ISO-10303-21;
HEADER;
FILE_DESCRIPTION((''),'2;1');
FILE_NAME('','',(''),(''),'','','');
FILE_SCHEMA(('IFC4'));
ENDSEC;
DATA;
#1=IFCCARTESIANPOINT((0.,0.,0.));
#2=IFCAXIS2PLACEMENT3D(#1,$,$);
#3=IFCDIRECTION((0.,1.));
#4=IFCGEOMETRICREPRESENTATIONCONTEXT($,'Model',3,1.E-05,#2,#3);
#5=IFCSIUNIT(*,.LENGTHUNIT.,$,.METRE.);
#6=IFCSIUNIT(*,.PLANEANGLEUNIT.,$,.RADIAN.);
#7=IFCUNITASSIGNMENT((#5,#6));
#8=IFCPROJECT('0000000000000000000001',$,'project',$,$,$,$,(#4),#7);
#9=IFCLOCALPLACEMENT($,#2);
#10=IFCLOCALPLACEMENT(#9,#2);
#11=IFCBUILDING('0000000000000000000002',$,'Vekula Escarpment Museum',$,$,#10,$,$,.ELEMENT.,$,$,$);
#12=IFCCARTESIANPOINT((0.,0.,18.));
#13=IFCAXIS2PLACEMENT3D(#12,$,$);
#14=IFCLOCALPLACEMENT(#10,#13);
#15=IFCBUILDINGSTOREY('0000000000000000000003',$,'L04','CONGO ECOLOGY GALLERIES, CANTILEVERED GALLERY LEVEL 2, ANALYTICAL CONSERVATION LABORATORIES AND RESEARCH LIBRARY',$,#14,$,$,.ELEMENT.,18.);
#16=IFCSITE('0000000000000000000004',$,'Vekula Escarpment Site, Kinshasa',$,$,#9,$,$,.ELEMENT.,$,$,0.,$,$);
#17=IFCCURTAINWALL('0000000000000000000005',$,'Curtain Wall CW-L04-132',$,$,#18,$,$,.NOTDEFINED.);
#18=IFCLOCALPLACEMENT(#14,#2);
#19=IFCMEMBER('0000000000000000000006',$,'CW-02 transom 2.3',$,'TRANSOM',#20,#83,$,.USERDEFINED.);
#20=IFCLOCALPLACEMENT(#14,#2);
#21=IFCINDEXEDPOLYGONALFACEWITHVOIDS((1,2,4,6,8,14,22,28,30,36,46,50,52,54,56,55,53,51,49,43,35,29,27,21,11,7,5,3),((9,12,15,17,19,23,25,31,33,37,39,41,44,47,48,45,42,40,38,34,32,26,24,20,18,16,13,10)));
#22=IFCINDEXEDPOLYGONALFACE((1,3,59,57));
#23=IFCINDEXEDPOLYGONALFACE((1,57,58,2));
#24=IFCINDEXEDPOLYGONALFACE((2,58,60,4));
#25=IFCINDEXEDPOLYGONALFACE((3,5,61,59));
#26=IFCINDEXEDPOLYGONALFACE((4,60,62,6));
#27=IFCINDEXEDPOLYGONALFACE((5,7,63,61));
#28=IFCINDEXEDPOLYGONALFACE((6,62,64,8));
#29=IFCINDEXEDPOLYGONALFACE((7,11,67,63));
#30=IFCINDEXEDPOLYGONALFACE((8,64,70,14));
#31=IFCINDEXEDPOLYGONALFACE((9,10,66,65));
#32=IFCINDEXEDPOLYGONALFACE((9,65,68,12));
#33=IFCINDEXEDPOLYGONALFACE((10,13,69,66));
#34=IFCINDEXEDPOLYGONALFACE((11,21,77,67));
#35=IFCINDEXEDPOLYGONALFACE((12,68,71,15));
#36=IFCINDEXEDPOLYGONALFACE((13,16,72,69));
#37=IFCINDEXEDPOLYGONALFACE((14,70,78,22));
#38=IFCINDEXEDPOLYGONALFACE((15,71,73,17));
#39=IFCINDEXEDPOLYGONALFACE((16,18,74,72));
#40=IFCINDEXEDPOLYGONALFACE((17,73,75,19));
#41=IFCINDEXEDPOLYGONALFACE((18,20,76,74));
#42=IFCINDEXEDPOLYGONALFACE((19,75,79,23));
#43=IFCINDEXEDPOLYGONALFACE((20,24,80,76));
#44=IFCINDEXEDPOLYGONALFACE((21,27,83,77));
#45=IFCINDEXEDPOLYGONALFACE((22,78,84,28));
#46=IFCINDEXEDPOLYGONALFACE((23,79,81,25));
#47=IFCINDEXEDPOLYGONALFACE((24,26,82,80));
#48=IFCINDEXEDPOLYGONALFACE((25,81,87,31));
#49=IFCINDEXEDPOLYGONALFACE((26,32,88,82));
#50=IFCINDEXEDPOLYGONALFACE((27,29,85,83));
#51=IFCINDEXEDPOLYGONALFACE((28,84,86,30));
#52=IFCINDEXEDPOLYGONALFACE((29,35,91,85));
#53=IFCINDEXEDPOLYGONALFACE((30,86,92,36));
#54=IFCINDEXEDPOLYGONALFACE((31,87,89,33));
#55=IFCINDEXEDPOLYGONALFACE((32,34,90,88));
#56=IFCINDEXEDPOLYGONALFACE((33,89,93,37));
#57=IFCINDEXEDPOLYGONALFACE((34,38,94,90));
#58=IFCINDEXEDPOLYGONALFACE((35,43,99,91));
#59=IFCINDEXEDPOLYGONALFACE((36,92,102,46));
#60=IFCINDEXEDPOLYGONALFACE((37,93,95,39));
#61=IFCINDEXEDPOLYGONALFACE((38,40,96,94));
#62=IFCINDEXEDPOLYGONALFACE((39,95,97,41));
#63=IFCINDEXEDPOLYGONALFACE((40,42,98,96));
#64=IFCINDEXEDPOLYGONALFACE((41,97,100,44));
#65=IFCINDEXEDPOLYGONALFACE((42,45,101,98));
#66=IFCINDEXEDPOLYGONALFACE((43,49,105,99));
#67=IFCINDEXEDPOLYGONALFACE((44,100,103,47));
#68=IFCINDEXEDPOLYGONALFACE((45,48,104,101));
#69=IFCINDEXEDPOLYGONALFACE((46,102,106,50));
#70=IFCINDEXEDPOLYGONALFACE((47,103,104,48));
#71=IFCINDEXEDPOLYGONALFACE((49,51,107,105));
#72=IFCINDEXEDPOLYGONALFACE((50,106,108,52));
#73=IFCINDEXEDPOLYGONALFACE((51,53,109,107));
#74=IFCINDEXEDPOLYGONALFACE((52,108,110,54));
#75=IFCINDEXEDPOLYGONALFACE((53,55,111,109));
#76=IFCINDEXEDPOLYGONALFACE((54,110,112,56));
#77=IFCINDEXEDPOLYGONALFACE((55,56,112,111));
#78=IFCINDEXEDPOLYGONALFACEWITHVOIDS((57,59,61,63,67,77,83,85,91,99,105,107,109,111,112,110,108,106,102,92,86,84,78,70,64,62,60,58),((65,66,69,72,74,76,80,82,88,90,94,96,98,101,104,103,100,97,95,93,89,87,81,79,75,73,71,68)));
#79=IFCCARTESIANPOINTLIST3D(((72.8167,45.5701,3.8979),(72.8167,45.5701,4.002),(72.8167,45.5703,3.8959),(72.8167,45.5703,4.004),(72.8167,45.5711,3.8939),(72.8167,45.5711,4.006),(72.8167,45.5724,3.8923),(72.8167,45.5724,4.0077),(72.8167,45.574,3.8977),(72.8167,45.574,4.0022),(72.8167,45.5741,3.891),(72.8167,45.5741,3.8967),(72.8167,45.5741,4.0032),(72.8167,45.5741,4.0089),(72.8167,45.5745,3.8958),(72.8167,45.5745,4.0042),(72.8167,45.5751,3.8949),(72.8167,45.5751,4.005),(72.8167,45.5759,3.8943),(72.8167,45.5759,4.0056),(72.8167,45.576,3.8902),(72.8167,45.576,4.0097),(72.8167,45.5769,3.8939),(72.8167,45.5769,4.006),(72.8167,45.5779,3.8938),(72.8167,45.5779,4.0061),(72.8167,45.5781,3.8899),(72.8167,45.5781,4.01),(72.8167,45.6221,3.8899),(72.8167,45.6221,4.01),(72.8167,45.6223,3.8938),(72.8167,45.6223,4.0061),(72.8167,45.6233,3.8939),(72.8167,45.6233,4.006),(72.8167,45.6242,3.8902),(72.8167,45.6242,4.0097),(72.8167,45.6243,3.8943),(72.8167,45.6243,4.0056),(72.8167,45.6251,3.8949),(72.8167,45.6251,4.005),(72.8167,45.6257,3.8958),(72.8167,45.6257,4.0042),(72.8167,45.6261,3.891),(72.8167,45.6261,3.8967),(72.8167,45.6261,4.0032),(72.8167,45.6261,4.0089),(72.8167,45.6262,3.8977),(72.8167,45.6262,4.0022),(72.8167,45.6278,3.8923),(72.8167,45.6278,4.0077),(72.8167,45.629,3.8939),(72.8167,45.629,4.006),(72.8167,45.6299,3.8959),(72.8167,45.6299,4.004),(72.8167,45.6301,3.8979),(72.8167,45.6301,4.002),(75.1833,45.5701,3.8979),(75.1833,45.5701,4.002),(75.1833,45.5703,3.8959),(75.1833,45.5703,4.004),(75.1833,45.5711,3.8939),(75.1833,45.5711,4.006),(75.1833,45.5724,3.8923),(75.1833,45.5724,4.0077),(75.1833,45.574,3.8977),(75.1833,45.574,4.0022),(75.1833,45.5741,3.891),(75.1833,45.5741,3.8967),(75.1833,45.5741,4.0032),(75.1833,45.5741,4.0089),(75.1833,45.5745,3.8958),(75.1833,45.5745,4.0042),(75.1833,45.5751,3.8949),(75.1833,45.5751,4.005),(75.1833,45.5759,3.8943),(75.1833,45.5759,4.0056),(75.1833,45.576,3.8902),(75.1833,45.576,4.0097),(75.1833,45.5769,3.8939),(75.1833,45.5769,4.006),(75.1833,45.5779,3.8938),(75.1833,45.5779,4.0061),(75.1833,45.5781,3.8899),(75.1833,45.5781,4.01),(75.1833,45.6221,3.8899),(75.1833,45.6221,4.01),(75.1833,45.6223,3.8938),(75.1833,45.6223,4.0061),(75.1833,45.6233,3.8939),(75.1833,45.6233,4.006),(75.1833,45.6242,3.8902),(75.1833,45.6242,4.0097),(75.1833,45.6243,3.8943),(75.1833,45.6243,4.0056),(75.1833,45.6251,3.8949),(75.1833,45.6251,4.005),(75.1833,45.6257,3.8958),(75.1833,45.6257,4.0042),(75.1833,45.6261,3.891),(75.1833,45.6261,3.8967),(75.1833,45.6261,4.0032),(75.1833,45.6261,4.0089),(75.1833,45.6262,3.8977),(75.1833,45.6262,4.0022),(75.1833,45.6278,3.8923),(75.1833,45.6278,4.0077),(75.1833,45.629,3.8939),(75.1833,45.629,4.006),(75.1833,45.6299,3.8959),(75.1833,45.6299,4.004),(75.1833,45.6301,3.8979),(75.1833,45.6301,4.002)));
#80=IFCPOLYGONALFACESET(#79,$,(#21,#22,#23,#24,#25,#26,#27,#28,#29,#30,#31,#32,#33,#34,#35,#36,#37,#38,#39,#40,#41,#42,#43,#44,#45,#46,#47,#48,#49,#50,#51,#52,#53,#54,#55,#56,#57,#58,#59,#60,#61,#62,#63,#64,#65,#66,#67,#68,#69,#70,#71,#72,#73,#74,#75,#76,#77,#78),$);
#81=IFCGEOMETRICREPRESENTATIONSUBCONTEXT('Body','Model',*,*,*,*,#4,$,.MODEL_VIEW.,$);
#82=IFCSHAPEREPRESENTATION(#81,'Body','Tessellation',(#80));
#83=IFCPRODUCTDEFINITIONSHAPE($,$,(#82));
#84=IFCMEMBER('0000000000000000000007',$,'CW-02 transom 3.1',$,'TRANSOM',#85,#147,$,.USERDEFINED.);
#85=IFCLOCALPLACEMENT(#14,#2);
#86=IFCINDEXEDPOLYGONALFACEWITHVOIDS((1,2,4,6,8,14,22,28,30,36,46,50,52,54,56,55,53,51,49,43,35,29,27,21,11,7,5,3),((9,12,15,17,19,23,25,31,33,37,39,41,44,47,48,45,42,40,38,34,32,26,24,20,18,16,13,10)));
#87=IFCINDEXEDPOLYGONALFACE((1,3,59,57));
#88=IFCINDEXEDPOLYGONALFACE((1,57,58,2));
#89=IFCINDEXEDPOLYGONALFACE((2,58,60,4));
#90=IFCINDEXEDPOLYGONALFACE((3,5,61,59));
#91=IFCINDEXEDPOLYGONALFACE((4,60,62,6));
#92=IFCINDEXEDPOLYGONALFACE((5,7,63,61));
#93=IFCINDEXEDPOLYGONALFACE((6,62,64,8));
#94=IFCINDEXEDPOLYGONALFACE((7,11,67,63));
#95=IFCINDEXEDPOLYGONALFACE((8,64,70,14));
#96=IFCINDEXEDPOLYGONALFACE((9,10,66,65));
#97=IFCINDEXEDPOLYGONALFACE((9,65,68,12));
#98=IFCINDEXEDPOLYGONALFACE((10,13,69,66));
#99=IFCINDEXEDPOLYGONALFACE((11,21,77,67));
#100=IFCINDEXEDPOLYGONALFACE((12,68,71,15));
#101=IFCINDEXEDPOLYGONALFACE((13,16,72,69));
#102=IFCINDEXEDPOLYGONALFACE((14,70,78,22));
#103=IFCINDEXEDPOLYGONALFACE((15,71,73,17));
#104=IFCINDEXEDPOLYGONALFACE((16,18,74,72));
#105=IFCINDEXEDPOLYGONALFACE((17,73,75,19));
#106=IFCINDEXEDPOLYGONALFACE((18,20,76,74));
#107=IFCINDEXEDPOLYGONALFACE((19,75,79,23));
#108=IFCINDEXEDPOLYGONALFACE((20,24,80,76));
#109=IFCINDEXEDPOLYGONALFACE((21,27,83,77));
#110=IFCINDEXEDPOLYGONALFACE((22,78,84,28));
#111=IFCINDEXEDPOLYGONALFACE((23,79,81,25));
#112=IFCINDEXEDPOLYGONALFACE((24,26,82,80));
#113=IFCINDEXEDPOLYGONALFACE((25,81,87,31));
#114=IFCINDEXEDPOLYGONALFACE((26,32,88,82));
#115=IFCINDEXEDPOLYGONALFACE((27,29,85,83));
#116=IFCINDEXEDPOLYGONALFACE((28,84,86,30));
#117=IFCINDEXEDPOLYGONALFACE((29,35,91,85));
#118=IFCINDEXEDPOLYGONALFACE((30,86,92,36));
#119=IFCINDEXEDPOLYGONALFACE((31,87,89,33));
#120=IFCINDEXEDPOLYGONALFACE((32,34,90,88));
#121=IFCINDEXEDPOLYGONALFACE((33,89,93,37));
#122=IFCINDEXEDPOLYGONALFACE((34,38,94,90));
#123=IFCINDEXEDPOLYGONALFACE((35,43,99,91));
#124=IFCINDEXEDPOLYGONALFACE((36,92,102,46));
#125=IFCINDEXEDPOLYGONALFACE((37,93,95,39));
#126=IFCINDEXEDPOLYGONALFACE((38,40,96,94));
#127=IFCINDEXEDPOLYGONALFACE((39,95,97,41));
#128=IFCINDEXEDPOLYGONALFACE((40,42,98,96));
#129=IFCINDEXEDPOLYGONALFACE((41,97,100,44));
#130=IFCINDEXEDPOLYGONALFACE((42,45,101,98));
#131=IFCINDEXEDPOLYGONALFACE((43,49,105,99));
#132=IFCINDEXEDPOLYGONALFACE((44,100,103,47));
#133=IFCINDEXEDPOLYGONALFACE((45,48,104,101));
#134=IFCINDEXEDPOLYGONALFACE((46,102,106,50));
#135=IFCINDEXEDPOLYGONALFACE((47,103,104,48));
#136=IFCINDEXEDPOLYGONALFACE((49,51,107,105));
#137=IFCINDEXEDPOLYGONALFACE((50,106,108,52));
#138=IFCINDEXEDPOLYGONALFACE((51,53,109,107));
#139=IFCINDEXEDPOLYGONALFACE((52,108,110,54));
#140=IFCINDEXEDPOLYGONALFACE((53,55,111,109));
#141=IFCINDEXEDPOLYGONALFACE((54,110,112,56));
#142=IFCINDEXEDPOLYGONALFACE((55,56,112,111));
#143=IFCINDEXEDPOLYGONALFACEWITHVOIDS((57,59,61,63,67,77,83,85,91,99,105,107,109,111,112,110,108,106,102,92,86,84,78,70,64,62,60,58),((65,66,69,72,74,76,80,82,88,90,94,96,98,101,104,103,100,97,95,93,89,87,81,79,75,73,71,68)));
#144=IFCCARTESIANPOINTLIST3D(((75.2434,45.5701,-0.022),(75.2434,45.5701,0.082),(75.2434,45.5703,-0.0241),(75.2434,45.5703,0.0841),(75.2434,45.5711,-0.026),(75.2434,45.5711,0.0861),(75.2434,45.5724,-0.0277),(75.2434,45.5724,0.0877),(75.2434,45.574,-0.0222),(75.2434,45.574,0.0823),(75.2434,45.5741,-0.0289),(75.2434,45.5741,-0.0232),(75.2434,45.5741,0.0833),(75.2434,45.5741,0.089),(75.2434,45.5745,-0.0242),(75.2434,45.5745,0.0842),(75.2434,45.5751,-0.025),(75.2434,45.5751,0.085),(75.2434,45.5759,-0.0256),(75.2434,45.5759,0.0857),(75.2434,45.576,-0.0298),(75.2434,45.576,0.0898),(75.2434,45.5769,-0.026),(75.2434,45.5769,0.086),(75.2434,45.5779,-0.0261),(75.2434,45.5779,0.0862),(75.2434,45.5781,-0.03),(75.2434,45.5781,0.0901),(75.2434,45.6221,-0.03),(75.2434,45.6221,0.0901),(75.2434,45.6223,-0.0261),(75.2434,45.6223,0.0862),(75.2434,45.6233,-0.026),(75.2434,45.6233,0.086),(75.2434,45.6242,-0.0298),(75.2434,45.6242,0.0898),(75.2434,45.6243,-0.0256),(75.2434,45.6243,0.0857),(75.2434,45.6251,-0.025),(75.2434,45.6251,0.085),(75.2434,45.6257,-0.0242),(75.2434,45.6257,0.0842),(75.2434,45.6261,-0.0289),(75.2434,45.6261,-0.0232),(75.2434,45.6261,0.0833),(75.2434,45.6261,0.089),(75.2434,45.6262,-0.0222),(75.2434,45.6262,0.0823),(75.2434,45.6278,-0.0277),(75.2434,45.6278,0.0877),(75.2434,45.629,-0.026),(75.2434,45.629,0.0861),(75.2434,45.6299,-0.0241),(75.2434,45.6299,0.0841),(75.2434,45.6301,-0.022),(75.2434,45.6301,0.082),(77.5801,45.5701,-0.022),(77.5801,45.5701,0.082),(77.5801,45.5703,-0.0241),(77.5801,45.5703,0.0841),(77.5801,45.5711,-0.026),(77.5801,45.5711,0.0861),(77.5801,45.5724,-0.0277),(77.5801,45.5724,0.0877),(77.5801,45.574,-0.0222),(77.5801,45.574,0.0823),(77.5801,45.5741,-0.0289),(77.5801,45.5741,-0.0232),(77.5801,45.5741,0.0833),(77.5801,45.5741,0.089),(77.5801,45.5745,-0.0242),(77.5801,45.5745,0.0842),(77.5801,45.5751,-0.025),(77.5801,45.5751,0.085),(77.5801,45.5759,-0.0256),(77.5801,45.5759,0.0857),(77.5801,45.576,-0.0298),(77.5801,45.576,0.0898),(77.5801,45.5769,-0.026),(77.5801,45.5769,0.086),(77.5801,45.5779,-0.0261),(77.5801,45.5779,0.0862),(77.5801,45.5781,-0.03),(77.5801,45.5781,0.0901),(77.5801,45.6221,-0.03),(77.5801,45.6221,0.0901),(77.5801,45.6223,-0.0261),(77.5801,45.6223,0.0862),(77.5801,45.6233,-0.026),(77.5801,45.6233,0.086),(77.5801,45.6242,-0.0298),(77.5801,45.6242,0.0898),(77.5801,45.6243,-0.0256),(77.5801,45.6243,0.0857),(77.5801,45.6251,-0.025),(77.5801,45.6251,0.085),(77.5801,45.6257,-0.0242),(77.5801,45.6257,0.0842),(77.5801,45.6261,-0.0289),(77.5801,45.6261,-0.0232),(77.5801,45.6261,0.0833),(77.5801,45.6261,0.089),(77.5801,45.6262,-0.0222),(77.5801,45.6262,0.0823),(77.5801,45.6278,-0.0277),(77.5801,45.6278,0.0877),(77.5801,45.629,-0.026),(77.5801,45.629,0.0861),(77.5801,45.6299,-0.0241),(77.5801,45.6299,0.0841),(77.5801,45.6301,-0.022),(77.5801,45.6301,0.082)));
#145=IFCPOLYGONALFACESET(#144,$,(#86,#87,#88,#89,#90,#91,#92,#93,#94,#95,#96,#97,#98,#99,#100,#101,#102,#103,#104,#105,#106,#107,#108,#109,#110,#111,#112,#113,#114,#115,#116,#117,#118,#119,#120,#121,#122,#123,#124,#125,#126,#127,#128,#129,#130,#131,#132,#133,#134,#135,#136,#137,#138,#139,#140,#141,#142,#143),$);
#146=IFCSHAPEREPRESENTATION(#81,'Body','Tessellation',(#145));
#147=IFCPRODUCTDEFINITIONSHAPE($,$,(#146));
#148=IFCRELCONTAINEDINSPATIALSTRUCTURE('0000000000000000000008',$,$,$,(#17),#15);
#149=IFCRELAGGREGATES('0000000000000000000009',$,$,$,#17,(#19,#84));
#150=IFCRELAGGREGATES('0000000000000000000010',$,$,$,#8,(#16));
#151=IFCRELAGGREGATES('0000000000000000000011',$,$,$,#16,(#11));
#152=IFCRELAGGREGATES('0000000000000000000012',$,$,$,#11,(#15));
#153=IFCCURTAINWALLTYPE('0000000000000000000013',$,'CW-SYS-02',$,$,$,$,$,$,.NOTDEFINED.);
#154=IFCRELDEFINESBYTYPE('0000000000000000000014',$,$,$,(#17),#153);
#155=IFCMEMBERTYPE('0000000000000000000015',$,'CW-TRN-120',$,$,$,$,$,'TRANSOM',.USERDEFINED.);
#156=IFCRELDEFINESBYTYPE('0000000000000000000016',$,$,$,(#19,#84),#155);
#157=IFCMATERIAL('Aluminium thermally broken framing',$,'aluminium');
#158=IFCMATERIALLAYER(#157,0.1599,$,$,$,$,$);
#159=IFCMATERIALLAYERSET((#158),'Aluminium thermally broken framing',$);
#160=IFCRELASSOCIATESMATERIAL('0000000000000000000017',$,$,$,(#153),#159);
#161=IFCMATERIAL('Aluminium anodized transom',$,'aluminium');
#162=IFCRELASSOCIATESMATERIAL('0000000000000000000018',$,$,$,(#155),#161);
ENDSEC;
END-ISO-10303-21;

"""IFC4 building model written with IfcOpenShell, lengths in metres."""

from ifc_helpers import new_model, si_unit, direction, frame, origin, origin_2d, place, context, subcontext, project, spatial, hollow_rectangle, extrude, material, layer, layer_set, material_profile, profile_set, type_object, element, aggregate, save


model = new_model("IFC4")

# Units and contexts
model_context = context("Model", 3, precision=1e-05, world=origin(), true_north=direction((0.0, 1.0)))
body_context = subcontext(model_context, "Body", "Model", "MODEL_VIEW")
ifc_project = project(units=[si_unit("LENGTHUNIT", "METRE"), si_unit("PLANEANGLEUNIT", "RADIAN")], contexts=[model_context])

# Site, building, storey
site_placement = place(None, origin())
site = spatial("IfcSite", under=ifc_project, at=site_placement, Name="Vekula Escarpment Site, Kinshasa", CompositionType="ELEMENT", RefElevation=0.0)
building_placement = place(site_placement, origin())
building = spatial("IfcBuilding", under=site, at=building_placement, Name="Vekula Escarpment Museum", CompositionType="ELEMENT")
storey_placement = place(building_placement, frame((0.0, 0.0, 18.0)))
storey = spatial("IfcBuildingStorey", under=building, at=storey_placement, Name="L04", Description="CONGO ECOLOGY GALLERIES, CANTILEVERED GALLERY LEVEL 2, ANALYTICAL CONSERVATION LABORATORIES AND RESEARCH LIBRARY", CompositionType="ELEMENT", Elevation=18.0)

# Curtain wall
ifc_material_1 = material(Name="Aluminium thermally broken framing", Category="aluminium")
ifc_layer_1 = layer(ifc_material_1, 0.1599)
ifc_layer_set_1 = layer_set([ifc_layer_1], Name="Aluminium thermally broken framing")
curtain_wall_type_1 = type_object("IfcCurtainWallType", Name="CW-SYS-02", PredefinedType="NOTDEFINED", material=ifc_layer_set_1)
curtain_wall_1_placement = place(storey_placement, origin())
curtain_wall_1 = element("IfcCurtainWall", 1, at=curtain_wall_1_placement, inside=storey, type_object=curtain_wall_type_1, Name="Curtain Wall CW-L04-132", PredefinedType="NOTDEFINED")

# Members
ifc_material_2 = material(Name="Aluminium anodized transom", Category="aluminium")
ifc_material_profile_1 = material_profile(ifc_material_2, hollow_rectangle(XDim=0.0601, YDim=0.1201, WallThickness=0.0039, InnerFilletRadius=0.0039, OuterFilletRadius=0.0081, at=origin_2d()), Name="ALU 120x60x4")
ifc_profile_set_1 = profile_set([ifc_material_profile_1], Name="Aluminium anodized transom")
member_type_1 = type_object("IfcMemberType", Name="CW-TRN-120", ElementType="TRANSOM", PredefinedType="USERDEFINED", material=ifc_profile_set_1)
member_1_placement = place(storey_placement, frame((72.8167, 45.6001, 3.95), z_axis=(1.0, 0.0, 0.0), x_axis=(0.0, 1.0, 0.0)))
member_1 = element("IfcMember", 2, at=member_1_placement, type_object=member_type_1, Name="CW-02 transom 2.3", ObjectType="TRANSOM", PredefinedType="USERDEFINED", context=body_context, shape_type="SweptSolid", body=[
    extrude(hollow_rectangle(XDim=0.0601, YDim=0.1201, WallThickness=0.0039, InnerFilletRadius=0.0039, OuterFilletRadius=0.0081, at=origin_2d()), origin(), (0.0, 0.0, 1.0), 2.3667),
])
member_2_placement = place(storey_placement, frame((75.2434, 45.6001, 0.03), z_axis=(1.0, 0.0, 0.0), x_axis=(0.0, 1.0, 0.0)))
member_2 = element("IfcMember", 3, at=member_2_placement, type_object=member_type_1, Name="CW-02 transom 3.1", ObjectType="TRANSOM", PredefinedType="USERDEFINED", context=body_context, shape_type="SweptSolid", body=[
    extrude(hollow_rectangle(XDim=0.0601, YDim=0.1201, WallThickness=0.0039, InnerFilletRadius=0.0039, OuterFilletRadius=0.0081, at=origin_2d()), origin(), (0.0, 0.0, 1.0), 2.3367),
])

aggregate(curtain_wall_1, [member_1, member_2])

save(model, "model.ifc")
